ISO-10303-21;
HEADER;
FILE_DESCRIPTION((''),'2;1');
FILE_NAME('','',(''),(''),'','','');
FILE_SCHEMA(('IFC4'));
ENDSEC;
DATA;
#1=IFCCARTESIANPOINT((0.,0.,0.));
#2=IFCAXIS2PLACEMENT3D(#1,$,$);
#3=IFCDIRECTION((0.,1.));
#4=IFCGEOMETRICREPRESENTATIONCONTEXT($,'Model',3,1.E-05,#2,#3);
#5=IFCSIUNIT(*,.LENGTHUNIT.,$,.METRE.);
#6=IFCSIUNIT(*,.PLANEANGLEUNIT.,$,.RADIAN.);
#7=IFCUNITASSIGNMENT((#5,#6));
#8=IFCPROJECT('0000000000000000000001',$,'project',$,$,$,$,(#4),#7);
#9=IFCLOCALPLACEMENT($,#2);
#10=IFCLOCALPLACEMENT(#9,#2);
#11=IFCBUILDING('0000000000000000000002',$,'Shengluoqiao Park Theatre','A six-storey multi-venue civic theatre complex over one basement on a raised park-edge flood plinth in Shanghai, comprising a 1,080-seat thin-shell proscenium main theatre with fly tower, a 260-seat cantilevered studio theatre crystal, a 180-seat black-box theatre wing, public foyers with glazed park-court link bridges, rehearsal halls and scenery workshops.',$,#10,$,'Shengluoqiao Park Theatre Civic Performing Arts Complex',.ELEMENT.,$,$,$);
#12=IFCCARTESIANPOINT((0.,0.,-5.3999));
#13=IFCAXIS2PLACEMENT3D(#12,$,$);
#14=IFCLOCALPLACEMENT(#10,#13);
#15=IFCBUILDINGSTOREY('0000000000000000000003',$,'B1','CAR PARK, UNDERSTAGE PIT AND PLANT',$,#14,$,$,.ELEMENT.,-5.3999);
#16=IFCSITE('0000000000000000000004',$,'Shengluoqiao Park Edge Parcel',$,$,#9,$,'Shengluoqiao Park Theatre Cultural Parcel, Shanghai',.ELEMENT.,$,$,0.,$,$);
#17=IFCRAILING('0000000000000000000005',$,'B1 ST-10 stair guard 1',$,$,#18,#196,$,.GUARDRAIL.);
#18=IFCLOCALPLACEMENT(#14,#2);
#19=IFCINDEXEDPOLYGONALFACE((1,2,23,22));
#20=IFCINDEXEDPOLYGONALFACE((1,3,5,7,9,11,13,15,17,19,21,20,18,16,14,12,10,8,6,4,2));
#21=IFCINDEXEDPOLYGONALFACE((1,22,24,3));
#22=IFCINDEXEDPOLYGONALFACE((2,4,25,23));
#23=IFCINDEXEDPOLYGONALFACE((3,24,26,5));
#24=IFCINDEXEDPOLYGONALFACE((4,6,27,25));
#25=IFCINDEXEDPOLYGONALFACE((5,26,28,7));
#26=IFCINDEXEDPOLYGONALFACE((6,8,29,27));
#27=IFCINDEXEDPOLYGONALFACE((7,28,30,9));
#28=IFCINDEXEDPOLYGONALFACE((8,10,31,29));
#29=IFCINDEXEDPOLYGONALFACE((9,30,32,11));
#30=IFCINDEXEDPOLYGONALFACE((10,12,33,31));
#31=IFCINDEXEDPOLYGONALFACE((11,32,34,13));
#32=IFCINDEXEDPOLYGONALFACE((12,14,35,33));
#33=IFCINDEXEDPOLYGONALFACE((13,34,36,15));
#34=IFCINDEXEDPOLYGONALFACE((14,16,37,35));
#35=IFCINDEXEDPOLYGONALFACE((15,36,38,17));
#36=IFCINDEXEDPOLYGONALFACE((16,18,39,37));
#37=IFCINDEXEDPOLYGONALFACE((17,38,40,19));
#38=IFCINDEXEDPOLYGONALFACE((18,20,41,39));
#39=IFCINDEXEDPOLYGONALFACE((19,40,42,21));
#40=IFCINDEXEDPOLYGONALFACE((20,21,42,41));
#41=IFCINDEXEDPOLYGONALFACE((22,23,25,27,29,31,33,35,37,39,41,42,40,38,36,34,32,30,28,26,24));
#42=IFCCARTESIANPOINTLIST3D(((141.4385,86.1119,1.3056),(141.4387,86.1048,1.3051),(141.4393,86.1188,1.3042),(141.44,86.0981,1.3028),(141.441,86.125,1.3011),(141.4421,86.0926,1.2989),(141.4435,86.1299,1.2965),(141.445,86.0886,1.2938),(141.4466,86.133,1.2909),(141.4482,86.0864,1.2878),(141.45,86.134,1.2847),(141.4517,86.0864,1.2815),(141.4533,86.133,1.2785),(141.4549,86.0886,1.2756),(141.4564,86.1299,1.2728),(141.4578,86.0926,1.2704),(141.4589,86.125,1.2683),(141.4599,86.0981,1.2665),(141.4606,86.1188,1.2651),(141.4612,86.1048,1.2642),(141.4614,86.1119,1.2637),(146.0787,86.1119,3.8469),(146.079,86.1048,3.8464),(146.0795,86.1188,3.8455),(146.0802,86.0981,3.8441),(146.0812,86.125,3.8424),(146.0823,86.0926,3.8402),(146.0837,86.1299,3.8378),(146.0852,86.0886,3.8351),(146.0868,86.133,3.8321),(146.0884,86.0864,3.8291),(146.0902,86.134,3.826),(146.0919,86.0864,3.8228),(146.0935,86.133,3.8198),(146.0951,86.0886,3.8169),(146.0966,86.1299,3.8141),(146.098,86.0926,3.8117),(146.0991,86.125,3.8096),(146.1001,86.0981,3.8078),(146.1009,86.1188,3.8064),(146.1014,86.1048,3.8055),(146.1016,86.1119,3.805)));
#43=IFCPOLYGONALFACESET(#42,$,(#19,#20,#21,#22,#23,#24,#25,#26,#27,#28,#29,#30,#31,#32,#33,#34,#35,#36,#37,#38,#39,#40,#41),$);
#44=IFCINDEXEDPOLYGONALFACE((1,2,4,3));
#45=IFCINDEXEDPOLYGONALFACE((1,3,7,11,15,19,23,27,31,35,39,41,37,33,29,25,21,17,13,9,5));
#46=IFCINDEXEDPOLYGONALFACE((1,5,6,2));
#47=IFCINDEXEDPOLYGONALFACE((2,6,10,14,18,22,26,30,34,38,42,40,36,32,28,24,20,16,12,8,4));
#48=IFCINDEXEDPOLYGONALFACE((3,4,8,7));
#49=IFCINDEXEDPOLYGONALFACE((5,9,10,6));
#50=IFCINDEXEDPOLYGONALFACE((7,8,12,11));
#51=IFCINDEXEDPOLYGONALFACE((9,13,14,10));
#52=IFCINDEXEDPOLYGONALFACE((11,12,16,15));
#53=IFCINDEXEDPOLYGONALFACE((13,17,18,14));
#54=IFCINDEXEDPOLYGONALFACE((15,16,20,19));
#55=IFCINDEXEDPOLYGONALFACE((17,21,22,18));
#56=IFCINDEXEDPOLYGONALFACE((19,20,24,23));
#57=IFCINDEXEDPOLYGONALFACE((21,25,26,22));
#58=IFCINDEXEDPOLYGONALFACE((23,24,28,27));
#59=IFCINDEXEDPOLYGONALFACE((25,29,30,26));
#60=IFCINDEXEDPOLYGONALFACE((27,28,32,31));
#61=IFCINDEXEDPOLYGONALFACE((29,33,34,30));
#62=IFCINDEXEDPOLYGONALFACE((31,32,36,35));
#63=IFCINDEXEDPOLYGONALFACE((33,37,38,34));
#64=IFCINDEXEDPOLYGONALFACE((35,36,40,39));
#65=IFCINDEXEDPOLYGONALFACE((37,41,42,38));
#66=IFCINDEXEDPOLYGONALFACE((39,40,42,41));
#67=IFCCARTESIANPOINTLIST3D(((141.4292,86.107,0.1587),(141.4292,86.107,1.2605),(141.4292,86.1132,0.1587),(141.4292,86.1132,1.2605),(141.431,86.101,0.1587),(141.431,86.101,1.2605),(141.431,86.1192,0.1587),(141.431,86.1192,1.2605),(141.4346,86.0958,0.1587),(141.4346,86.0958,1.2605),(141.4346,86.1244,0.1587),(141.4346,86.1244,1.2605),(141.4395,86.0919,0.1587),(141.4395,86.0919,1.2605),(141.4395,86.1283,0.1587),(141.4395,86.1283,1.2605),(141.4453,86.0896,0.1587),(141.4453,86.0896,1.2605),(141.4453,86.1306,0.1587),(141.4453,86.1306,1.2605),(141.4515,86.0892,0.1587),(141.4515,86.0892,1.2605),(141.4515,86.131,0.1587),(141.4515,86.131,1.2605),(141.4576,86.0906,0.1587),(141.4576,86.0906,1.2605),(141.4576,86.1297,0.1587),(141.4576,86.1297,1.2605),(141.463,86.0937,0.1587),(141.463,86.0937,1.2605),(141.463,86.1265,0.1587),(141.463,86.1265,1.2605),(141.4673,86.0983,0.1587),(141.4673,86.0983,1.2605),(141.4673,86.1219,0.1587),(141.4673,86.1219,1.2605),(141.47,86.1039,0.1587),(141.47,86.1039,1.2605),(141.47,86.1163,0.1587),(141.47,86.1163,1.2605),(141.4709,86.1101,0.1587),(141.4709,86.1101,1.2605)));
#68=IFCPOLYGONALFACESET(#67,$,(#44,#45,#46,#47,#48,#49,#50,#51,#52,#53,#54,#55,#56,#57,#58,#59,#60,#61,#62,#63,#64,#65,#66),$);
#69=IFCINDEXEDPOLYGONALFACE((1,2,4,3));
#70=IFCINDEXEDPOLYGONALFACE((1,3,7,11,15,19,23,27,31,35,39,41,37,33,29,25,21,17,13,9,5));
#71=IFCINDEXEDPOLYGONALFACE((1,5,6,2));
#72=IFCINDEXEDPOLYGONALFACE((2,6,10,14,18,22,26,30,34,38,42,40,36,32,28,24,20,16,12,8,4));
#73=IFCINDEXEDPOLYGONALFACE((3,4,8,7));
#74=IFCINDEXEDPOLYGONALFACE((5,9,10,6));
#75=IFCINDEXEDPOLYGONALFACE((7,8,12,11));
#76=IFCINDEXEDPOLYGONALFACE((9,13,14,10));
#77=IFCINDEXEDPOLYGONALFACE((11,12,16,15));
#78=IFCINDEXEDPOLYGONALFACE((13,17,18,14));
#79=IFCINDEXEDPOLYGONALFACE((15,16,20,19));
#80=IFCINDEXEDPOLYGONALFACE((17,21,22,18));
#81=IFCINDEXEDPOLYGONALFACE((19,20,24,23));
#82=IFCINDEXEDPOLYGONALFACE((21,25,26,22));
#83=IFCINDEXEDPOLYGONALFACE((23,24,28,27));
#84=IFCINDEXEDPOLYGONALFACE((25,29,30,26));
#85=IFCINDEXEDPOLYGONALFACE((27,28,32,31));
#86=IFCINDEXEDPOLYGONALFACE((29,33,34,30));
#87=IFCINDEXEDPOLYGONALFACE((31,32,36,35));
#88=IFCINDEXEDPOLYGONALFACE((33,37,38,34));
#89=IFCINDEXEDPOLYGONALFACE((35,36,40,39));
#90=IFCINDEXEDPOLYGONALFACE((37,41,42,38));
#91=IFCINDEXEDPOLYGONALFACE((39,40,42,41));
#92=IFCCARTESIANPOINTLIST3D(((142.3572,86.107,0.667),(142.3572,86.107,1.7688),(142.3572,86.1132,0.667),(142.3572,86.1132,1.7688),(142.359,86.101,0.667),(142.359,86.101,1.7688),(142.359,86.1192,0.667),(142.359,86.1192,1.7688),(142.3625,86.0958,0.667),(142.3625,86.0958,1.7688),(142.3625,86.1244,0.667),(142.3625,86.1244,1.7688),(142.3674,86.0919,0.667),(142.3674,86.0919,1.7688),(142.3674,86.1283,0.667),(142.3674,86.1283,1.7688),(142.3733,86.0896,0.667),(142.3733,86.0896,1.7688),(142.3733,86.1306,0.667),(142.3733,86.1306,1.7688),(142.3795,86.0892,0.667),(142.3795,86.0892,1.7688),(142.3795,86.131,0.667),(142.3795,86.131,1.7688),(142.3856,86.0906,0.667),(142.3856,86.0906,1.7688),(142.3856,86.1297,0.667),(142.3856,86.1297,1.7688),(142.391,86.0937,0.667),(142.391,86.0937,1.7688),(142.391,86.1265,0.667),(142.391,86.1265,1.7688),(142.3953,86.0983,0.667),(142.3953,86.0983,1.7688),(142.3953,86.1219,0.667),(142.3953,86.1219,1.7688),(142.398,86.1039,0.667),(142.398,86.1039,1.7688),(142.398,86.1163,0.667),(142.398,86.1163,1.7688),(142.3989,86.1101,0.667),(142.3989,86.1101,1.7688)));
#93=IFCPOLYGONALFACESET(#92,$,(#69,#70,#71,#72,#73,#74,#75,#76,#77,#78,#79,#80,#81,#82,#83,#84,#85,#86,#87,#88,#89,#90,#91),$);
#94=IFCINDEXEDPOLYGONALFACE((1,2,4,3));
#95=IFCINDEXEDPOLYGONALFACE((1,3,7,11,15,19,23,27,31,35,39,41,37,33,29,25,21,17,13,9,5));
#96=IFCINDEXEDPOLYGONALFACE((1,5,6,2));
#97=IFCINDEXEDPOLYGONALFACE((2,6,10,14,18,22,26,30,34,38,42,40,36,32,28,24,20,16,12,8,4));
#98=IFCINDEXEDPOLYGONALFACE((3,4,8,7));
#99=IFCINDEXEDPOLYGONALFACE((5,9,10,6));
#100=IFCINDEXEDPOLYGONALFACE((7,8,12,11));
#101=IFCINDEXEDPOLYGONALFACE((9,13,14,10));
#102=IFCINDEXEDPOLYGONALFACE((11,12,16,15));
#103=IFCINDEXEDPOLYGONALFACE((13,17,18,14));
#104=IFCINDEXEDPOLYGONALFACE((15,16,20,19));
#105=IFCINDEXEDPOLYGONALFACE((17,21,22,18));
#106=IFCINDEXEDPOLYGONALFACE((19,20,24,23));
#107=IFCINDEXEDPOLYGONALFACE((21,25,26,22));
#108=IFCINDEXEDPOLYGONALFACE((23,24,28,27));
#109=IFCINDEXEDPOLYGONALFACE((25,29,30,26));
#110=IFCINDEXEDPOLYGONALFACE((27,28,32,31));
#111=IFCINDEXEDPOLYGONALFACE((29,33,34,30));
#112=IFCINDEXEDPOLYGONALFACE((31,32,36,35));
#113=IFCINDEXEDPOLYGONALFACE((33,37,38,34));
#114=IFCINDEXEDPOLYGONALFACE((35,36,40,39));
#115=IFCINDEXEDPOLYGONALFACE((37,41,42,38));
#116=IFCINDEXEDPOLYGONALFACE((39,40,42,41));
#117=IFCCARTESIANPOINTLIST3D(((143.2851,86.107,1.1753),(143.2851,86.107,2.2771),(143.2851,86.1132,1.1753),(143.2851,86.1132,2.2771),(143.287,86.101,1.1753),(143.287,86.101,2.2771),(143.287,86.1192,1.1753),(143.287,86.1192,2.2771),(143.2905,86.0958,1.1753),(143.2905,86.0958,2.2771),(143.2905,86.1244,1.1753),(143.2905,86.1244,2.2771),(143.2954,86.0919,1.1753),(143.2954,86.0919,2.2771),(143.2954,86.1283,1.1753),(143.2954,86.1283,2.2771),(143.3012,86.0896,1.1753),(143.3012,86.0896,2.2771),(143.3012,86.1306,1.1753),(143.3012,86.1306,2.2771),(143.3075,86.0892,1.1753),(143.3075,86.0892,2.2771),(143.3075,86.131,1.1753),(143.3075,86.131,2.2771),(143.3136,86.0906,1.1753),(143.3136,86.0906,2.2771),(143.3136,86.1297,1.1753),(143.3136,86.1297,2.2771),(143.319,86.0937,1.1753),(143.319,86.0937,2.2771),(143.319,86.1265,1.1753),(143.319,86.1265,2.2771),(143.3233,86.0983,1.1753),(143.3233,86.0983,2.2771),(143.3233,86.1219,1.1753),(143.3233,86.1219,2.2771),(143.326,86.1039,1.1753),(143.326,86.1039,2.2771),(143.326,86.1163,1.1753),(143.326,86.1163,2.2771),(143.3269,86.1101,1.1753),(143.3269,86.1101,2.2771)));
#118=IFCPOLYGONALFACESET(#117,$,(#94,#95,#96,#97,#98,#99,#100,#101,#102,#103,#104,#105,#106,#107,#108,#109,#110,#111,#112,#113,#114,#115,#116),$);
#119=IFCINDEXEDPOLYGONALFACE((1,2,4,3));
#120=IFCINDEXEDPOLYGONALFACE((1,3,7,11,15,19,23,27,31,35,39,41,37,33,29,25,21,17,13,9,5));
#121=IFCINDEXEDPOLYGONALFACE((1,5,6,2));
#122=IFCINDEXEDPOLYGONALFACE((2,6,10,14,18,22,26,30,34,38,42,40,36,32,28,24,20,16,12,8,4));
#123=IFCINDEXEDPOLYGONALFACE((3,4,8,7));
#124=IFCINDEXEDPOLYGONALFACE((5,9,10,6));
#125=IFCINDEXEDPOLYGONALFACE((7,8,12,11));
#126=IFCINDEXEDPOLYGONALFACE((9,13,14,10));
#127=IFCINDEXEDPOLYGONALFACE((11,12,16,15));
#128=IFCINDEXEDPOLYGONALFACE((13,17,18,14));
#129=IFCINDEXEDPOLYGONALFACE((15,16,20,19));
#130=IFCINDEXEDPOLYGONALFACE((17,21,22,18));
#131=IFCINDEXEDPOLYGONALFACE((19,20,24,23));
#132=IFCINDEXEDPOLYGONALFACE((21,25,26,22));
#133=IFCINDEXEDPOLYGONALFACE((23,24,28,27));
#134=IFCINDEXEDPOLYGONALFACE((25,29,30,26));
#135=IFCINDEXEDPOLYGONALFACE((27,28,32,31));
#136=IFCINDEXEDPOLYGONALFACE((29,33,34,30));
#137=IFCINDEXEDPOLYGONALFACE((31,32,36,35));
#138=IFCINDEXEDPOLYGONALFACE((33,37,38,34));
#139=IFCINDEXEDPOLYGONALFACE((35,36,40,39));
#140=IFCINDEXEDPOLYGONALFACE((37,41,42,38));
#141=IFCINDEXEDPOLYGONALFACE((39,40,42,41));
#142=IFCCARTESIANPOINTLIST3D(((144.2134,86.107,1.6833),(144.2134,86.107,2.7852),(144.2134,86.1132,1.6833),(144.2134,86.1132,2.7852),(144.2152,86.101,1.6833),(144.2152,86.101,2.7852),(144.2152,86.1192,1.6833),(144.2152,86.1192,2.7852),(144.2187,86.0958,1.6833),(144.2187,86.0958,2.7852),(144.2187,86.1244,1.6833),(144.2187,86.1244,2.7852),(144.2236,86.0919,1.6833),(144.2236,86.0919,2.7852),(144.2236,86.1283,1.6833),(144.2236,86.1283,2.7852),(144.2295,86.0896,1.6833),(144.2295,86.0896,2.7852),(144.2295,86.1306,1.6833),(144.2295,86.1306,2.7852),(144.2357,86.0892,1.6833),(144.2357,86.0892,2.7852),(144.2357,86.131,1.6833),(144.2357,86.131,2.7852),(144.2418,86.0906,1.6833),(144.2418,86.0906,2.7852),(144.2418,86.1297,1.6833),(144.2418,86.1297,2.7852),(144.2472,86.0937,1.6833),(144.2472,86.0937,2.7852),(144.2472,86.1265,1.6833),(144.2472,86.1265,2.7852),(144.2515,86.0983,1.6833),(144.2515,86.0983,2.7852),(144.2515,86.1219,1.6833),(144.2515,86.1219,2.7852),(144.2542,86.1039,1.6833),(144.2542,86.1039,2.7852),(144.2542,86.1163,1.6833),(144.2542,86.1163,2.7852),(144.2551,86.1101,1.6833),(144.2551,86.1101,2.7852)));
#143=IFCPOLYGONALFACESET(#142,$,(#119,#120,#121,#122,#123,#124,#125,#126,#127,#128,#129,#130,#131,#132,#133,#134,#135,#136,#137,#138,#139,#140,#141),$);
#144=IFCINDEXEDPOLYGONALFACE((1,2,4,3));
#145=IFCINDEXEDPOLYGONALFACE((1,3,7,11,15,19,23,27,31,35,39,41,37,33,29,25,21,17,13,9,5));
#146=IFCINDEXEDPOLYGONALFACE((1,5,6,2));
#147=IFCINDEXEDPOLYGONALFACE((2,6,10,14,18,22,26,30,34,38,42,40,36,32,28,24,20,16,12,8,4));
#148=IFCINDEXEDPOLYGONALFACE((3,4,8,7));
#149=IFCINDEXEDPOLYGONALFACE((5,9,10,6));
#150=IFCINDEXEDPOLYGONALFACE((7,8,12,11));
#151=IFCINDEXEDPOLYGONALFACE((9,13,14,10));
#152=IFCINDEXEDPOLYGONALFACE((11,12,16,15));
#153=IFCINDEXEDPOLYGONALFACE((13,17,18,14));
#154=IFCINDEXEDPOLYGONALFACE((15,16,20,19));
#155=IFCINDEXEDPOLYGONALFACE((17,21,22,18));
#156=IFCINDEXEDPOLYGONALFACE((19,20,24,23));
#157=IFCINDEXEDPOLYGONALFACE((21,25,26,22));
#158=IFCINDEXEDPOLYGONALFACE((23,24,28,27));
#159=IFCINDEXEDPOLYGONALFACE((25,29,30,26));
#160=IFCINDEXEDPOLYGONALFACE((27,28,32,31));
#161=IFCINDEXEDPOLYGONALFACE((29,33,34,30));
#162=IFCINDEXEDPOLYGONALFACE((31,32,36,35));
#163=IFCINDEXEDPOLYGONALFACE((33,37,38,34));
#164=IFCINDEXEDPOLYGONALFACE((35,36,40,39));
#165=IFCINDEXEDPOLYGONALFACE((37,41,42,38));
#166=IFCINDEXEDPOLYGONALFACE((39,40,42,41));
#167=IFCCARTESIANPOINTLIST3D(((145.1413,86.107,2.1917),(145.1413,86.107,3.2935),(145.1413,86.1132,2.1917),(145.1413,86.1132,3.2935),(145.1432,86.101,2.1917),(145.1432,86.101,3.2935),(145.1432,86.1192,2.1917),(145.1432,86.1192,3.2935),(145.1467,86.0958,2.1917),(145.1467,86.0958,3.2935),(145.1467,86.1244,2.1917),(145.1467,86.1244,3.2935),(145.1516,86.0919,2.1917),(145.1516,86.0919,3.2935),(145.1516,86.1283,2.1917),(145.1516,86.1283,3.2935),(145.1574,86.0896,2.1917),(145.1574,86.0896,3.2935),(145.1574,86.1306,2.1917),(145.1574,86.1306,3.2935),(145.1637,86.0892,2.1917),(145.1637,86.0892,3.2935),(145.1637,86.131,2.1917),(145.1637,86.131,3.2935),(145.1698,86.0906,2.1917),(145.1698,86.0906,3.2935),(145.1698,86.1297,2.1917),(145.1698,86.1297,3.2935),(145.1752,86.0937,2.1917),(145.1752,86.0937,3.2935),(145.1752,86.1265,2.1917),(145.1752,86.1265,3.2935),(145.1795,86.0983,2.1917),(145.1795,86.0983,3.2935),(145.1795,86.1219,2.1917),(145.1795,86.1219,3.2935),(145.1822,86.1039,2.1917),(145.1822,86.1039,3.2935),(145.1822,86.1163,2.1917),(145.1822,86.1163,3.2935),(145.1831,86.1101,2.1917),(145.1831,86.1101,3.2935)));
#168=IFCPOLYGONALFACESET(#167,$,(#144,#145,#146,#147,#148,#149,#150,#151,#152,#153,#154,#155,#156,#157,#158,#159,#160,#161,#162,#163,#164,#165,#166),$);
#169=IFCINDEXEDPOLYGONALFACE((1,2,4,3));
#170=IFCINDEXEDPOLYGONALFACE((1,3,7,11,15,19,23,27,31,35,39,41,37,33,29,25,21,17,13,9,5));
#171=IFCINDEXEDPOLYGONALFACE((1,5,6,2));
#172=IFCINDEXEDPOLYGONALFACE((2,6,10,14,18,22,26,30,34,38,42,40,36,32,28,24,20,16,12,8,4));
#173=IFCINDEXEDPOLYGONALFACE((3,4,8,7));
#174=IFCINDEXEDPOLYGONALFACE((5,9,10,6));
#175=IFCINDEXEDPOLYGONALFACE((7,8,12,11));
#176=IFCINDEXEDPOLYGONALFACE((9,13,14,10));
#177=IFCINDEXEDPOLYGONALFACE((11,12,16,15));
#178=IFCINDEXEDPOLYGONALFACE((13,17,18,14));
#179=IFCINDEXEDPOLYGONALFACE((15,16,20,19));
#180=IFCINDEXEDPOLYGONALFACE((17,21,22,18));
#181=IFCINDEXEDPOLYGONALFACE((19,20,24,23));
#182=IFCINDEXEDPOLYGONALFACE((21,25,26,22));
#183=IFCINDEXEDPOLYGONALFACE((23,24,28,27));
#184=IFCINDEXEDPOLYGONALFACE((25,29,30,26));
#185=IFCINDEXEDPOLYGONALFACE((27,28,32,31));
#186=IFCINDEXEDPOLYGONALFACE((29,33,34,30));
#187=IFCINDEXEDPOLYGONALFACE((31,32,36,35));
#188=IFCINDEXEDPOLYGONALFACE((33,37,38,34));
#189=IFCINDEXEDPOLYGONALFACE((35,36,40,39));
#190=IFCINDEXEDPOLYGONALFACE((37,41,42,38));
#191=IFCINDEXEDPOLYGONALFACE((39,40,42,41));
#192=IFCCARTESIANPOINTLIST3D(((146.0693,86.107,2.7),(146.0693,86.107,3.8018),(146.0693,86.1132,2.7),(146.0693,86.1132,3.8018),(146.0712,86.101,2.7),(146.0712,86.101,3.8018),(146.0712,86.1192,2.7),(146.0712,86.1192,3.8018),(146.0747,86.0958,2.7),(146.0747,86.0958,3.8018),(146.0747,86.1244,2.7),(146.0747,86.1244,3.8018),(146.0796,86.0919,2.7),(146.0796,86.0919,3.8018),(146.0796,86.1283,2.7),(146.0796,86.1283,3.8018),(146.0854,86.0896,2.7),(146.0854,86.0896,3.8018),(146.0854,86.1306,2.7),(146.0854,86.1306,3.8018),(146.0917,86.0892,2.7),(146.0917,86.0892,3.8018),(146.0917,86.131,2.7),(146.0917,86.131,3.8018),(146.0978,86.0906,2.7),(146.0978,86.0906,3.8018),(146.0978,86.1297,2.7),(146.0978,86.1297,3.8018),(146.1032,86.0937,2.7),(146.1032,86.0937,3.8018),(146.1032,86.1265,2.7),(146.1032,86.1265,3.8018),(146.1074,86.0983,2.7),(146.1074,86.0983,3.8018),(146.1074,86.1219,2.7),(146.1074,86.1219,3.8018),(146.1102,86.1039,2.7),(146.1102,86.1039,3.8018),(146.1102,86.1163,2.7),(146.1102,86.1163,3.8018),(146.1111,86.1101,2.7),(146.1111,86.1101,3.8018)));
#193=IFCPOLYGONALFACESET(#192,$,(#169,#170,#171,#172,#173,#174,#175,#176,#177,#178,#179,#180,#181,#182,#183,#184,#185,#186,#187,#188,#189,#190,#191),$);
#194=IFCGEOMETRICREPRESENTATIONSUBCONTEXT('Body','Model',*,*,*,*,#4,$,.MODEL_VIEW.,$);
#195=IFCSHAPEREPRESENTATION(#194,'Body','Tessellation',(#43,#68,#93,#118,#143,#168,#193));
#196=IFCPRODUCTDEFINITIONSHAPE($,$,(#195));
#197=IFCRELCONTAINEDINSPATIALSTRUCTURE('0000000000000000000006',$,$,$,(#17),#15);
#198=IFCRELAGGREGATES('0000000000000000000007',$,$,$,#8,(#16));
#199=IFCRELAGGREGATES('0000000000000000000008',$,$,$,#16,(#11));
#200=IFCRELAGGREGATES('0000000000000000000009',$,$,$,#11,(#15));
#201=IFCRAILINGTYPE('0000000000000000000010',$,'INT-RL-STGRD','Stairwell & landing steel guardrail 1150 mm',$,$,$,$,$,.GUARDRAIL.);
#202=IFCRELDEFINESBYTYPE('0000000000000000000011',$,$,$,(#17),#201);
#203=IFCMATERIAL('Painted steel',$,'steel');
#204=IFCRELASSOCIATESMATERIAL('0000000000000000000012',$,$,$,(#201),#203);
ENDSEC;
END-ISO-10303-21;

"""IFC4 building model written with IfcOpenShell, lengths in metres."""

from ifc_helpers import new_model, si_unit, direction, frame, origin, origin_2d, place, context, subcontext, project, spatial, circle, extrude, material, type_object, element, save


model = new_model("IFC4")

# Units and contexts
model_context = context("Model", 3, precision=1e-05, world=origin(), true_north=direction((0.0, 1.0)))
body_context = subcontext(model_context, "Body", "Model", "MODEL_VIEW")
ifc_project = project(units=[si_unit("LENGTHUNIT", "METRE"), si_unit("PLANEANGLEUNIT", "RADIAN")], contexts=[model_context])

# Site, building, storey
site_placement = place(None, origin())
site = spatial("IfcSite", under=ifc_project, at=site_placement, Name="Shengluoqiao Park Edge Parcel", LongName="Shengluoqiao Park Theatre Cultural Parcel, Shanghai", CompositionType="ELEMENT", RefElevation=0.0)
building_placement = place(site_placement, origin())
building = spatial("IfcBuilding", under=site, at=building_placement, Name="Shengluoqiao Park Theatre", Description="A six-storey multi-venue civic theatre complex over one basement on a raised park-edge flood plinth in Shanghai, comprising a 1,080-seat thin-shell proscenium main theatre with fly tower, a 260-seat cantilevered studio theatre crystal, a 180-seat black-box theatre wing, public foyers with glazed park-court link bridges, rehearsal halls and scenery workshops.", LongName="Shengluoqiao Park Theatre Civic Performing Arts Complex", CompositionType="ELEMENT")
storey_placement = place(building_placement, frame((0.0, 0.0, -5.3999)))
storey = spatial("IfcBuildingStorey", under=building, at=storey_placement, Name="B1", Description="CAR PARK, UNDERSTAGE PIT AND PLANT", CompositionType="ELEMENT", Elevation=-5.3999)

# Railing
ifc_material_1 = material(Name="Painted steel", Category="steel")
railing_type_1 = type_object("IfcRailingType", Name="INT-RL-STGRD", Description="Stairwell & landing steel guardrail 1150 mm", PredefinedType="GUARDRAIL", material=ifc_material_1)
railing_1_placement = place(storey_placement, frame((141.45, 86.1101, 0.1587)))
element("IfcRailing", 1, at=railing_1_placement, inside=storey, type_object=railing_type_1, Name="B1 ST-10 stair guard 1", PredefinedType="GUARDRAIL", context=body_context, shape_type="SweptSolid", body=[
    extrude(circle(Radius=0.0239, at=origin_2d()), frame((0.0, 0.0, 1.126), z_axis=(0.877078, 0.0, 0.480348), x_axis=(0.0, 1.0, 0.0)), (0.0, 0.0, 1.0), 5.2905),
    extrude(circle(Radius=0.021, at=origin_2d()), origin(), (0.0, 0.0, 1.0), 1.1018),
    extrude(circle(Radius=0.021, at=origin_2d()), frame((0.928, 0.0, 0.5083)), (0.0, 0.0, 1.0), 1.1018),
    extrude(circle(Radius=0.021, at=origin_2d()), frame((1.856, 0.0, 1.0166)), (0.0, 0.0, 1.0), 1.1018),
    extrude(circle(Radius=0.021, at=origin_2d()), frame((2.7842, 0.0, 1.5247)), (0.0, 0.0, 1.0), 1.1018),
    extrude(circle(Radius=0.021, at=origin_2d()), frame((3.7122, 0.0, 2.033)), (0.0, 0.0, 1.0), 1.1018),
    extrude(circle(Radius=0.021, at=origin_2d()), frame((4.6401, 0.0, 2.5413)), (0.0, 0.0, 1.0), 1.1018),
])

save(model, "model.ifc")
